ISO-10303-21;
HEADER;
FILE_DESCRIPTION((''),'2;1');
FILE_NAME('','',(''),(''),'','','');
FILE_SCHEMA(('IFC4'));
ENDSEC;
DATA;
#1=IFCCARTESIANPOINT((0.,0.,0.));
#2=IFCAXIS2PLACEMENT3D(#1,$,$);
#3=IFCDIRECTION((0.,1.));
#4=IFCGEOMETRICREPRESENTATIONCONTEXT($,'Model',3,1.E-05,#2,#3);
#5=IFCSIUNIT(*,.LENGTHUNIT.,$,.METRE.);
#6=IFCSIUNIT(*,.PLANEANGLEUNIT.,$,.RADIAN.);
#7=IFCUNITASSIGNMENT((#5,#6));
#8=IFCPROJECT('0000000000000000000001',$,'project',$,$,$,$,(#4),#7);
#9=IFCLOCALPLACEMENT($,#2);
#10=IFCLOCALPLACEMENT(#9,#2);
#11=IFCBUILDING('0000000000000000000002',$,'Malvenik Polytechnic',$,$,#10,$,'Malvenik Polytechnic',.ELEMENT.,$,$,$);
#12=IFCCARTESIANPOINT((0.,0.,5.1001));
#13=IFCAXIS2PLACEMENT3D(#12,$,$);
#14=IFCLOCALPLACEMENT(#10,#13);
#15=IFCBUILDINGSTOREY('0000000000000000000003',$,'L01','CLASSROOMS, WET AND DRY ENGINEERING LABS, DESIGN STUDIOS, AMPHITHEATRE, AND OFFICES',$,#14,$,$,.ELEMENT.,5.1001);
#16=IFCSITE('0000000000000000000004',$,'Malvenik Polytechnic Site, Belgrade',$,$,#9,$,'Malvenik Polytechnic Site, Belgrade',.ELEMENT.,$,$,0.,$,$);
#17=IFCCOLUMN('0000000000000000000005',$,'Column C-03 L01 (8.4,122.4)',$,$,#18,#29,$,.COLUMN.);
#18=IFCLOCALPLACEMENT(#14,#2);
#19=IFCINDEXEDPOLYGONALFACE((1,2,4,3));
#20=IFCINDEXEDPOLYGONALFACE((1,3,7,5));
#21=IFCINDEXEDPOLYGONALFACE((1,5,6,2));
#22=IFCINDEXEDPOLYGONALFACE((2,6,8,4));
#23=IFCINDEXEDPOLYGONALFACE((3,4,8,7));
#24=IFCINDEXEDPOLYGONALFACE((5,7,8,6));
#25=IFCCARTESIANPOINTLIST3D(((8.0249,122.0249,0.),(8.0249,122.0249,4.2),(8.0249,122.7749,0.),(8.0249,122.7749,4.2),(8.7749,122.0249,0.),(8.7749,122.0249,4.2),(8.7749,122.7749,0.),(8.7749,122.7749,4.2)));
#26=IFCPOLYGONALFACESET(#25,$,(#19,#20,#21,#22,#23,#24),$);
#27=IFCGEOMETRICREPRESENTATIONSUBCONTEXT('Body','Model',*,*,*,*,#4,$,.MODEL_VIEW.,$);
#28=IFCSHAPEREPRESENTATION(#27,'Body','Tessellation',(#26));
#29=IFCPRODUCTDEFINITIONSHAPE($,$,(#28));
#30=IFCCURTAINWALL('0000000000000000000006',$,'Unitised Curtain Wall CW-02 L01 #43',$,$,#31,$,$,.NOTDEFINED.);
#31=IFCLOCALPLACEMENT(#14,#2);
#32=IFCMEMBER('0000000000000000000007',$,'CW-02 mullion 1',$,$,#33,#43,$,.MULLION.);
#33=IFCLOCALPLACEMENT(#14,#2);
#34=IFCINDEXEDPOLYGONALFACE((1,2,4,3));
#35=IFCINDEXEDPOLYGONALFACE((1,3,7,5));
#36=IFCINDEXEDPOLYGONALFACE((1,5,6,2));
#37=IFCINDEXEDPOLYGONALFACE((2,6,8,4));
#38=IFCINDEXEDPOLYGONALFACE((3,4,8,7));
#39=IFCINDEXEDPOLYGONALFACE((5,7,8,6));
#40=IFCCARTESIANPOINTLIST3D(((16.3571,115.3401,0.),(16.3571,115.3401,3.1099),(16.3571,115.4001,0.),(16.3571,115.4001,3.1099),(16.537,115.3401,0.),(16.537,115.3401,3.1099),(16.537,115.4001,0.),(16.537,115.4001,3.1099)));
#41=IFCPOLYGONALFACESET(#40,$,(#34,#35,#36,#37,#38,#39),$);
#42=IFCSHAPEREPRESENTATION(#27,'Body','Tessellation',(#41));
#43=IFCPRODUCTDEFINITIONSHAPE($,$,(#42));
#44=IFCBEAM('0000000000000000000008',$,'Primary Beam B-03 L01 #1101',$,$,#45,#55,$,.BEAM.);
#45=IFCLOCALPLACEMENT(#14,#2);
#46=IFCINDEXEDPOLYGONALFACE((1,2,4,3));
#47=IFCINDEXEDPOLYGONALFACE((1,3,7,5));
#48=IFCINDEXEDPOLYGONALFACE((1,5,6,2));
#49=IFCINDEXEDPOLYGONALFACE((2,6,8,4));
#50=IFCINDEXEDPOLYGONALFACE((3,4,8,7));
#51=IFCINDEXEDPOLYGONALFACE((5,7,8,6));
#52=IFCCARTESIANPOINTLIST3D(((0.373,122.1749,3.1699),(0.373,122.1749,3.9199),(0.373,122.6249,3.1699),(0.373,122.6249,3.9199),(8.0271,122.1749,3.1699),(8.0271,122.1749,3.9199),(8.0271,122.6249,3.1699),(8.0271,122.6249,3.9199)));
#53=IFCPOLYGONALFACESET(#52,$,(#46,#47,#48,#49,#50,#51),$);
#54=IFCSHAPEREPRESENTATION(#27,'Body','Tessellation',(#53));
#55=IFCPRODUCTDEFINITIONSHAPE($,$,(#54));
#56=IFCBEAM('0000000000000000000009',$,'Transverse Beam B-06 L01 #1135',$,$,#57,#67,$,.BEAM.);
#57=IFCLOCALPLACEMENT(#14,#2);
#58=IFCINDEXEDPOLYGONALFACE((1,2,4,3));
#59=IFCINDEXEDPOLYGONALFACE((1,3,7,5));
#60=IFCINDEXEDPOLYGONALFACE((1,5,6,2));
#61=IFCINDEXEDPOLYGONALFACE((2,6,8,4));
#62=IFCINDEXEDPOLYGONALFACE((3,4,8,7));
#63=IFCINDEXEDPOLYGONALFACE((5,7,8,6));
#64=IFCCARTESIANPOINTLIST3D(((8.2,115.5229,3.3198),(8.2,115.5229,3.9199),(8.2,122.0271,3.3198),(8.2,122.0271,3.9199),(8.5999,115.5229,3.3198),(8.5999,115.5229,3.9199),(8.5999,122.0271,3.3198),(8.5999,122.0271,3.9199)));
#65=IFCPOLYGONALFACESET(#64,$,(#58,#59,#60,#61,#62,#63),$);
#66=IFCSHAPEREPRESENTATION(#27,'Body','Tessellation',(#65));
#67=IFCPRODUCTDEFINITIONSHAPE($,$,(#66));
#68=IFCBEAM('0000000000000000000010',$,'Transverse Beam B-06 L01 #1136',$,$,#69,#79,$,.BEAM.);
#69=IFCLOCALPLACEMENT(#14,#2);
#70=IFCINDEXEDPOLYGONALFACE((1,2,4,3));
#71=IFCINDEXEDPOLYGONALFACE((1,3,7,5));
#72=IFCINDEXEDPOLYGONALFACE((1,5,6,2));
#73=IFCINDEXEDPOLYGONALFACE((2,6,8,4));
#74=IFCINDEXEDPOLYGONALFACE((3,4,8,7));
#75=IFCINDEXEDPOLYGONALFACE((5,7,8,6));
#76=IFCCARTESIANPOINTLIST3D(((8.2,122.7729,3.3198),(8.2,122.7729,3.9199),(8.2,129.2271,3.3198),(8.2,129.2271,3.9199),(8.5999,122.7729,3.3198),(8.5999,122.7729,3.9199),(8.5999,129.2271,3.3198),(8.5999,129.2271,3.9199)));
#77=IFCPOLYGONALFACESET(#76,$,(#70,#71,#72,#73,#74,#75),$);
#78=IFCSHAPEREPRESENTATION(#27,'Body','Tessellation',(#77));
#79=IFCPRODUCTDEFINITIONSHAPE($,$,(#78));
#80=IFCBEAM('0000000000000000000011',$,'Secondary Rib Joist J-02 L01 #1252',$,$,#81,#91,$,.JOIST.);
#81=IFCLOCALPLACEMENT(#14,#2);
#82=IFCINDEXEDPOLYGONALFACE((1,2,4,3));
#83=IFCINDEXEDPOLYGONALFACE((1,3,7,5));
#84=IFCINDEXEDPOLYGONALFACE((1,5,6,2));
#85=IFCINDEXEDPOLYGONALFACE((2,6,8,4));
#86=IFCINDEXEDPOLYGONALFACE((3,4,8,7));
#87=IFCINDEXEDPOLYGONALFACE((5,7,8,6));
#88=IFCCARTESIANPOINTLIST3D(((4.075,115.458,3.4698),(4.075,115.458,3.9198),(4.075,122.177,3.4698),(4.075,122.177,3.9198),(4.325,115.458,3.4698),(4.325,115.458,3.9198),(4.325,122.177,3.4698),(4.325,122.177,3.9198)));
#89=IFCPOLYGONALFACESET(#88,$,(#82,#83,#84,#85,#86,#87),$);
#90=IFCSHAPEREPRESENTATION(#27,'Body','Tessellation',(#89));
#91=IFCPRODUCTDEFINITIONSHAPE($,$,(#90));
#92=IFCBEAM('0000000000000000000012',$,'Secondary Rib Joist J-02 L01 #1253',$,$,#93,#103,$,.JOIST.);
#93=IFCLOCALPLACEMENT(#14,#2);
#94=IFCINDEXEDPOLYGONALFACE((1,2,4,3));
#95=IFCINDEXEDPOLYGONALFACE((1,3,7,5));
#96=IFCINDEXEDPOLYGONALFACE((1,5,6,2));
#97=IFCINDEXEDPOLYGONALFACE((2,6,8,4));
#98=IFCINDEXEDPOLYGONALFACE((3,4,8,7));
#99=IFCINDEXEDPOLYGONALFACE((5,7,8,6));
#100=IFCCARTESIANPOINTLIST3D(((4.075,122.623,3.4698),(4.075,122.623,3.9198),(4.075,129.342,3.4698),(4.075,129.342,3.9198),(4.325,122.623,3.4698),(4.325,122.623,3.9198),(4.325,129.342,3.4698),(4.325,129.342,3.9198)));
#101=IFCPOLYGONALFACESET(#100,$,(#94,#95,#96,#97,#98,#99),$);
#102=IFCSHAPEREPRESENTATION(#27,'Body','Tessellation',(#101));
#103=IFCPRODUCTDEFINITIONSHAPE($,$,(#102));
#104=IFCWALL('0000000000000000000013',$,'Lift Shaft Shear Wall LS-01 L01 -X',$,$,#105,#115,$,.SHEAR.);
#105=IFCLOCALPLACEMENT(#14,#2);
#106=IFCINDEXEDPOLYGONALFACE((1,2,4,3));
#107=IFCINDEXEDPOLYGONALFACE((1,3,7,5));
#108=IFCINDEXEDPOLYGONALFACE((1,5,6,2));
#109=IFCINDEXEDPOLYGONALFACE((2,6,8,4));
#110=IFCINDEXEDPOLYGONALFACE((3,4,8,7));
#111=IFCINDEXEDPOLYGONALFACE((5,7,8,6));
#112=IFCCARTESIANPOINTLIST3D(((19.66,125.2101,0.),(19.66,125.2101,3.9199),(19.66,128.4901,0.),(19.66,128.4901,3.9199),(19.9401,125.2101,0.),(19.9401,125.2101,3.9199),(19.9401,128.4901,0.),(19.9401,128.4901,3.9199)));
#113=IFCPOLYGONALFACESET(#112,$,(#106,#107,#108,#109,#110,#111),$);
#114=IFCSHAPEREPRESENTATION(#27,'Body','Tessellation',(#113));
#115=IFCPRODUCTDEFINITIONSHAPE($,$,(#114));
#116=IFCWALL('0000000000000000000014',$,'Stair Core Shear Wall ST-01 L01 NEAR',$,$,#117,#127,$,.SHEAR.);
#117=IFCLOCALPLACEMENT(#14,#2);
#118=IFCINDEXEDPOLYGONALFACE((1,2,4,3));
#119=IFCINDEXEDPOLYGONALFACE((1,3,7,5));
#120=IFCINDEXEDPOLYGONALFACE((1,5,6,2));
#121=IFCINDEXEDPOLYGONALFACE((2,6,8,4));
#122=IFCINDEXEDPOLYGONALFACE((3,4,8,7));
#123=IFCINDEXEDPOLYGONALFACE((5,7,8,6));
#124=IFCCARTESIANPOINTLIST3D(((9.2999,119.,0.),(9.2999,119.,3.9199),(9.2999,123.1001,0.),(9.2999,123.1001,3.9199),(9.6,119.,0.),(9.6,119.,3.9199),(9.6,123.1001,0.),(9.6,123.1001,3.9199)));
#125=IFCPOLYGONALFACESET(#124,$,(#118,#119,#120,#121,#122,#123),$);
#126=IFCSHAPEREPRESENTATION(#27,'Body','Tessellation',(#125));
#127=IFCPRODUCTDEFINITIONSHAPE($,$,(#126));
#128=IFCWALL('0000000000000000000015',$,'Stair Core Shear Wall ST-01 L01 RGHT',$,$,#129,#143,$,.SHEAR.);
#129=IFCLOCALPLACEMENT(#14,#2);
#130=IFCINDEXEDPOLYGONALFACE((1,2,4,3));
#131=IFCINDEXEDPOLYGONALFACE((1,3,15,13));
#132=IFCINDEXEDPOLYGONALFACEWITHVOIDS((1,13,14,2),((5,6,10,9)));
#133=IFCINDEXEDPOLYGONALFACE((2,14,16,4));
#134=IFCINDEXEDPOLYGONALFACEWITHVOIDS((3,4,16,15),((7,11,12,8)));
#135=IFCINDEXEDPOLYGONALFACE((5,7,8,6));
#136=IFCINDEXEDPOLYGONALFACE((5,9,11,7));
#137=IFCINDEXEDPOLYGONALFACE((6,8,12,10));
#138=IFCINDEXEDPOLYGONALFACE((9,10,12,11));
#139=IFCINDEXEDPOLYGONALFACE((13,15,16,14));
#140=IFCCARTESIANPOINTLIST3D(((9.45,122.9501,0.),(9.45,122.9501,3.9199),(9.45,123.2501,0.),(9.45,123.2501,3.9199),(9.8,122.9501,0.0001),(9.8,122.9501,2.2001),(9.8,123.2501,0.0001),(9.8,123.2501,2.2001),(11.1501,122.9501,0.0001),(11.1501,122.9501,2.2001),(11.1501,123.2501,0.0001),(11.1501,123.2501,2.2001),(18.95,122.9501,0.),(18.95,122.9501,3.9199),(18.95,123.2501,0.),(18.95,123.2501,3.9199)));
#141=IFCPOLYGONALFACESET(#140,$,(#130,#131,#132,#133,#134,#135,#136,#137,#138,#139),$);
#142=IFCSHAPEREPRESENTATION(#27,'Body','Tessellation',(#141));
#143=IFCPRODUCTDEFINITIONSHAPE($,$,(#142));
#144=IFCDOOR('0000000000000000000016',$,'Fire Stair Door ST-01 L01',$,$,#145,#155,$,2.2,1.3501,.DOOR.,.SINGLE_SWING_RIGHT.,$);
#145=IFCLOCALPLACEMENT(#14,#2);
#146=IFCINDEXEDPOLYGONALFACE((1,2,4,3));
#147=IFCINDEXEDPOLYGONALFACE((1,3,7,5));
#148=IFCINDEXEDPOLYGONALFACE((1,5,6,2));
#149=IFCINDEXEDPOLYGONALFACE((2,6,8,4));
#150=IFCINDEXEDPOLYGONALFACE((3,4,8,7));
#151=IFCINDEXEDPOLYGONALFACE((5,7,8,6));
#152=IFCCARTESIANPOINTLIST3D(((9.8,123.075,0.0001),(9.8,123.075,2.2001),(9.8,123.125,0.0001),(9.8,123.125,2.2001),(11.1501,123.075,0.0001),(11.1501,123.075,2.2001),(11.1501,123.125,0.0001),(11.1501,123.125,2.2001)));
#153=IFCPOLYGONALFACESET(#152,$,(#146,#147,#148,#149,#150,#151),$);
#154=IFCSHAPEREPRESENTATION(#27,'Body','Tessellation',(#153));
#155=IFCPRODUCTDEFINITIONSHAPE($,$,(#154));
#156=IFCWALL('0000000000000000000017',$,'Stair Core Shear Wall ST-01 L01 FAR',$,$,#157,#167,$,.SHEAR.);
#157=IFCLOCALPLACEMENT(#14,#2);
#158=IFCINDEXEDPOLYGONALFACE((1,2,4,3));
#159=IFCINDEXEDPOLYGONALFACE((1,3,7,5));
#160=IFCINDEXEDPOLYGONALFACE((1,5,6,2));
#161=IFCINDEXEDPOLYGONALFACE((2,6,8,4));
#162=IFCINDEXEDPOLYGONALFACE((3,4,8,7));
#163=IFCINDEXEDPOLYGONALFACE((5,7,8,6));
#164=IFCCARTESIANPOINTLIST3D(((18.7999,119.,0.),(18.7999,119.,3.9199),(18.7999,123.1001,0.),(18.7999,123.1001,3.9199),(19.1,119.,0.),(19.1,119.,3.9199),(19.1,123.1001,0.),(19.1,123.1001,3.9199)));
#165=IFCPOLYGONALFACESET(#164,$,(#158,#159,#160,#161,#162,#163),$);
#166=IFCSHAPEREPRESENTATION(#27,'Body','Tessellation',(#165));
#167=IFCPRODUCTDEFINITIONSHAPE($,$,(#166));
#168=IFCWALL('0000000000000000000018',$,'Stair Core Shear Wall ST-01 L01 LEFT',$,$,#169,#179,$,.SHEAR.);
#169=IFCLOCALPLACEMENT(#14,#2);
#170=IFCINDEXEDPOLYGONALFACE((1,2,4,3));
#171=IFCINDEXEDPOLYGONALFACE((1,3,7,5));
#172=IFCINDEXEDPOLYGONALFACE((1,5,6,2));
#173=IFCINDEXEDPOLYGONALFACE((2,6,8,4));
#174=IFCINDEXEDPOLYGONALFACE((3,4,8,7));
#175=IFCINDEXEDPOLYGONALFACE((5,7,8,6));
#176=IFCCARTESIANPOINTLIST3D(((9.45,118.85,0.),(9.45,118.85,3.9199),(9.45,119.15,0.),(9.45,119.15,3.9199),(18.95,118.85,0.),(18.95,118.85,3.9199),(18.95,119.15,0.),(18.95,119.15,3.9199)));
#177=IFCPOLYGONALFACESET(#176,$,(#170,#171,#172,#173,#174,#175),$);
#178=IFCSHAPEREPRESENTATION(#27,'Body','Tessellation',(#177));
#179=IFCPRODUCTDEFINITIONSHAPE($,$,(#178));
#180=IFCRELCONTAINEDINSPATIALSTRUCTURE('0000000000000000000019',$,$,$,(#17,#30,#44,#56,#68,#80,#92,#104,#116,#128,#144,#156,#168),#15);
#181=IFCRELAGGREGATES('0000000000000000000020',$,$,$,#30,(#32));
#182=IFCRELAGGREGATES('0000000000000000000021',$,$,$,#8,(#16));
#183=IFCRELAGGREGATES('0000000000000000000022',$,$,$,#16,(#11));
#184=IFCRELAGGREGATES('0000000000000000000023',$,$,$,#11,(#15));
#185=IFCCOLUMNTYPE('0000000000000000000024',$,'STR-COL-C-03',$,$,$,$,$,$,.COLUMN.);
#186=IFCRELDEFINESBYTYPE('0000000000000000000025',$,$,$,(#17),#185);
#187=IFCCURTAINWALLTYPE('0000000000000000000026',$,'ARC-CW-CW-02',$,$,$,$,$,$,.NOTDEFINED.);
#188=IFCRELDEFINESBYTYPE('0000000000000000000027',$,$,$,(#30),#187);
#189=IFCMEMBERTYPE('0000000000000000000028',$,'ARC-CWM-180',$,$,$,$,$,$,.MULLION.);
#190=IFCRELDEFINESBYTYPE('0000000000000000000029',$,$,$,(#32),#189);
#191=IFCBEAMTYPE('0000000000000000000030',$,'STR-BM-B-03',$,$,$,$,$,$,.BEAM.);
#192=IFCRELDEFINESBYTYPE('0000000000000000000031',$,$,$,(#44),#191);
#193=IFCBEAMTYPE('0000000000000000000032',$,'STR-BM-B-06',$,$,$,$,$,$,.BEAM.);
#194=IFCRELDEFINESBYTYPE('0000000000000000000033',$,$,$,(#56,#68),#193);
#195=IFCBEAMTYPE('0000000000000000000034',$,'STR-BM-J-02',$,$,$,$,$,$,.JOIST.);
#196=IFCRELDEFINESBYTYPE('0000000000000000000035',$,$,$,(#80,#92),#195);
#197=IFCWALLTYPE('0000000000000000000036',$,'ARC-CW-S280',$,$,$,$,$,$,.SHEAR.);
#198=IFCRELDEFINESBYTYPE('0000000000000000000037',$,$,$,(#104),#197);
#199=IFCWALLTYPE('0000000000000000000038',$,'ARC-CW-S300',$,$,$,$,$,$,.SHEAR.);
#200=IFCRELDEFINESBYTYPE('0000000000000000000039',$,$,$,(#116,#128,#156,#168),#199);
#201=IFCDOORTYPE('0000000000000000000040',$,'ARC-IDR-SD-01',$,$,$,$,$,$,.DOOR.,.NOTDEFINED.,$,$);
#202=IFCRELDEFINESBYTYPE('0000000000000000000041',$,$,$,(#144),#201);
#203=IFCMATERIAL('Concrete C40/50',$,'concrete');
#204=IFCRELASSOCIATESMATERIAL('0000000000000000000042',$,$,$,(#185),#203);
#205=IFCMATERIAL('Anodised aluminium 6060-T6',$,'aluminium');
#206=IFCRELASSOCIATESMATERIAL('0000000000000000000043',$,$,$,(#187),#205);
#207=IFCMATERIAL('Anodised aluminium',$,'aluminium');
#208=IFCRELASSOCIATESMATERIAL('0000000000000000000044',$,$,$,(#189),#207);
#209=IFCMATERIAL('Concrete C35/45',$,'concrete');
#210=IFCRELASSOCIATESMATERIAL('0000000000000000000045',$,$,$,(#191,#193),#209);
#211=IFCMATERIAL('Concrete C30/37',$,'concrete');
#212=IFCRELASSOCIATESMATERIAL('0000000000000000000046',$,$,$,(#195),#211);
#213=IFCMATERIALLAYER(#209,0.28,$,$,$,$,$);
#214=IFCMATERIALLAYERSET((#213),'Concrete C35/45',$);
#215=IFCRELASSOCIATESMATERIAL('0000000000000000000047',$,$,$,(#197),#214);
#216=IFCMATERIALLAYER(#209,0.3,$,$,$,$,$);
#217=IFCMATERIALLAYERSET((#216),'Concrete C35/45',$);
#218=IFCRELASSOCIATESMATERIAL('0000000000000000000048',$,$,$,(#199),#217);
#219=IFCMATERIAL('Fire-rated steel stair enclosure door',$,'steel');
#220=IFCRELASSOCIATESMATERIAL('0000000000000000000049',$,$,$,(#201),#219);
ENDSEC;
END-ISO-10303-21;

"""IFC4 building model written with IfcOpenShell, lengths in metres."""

from ifc_helpers import new_model, si_unit, direction, frame, frame_2d, origin, origin_2d, place, context, subcontext, project, spatial, rectangle, extrude, material, layer, layer_set, material_profile, profile_set, type_object, element, fill, aggregate, save


model = new_model("IFC4")

# Units and contexts
model_context = context("Model", 3, precision=1e-05, world=origin(), true_north=direction((0.0, 1.0)))
body_context = subcontext(model_context, "Body", "Model", "MODEL_VIEW")
ifc_project = project(units=[si_unit("LENGTHUNIT", "METRE"), si_unit("PLANEANGLEUNIT", "RADIAN")], contexts=[model_context])

# Site, building, storey
site_placement = place(None, origin())
site = spatial("IfcSite", under=ifc_project, at=site_placement, Name="Malvenik Polytechnic Site, Belgrade", LongName="Malvenik Polytechnic Site, Belgrade", CompositionType="ELEMENT", RefElevation=0.0)
building_placement = place(site_placement, origin())
building = spatial("IfcBuilding", under=site, at=building_placement, Name="Malvenik Polytechnic", LongName="Malvenik Polytechnic", CompositionType="ELEMENT")
storey_placement = place(building_placement, frame((0.0, 0.0, 5.1001)))
storey = spatial("IfcBuildingStorey", under=building, at=storey_placement, Name="L01", Description="CLASSROOMS, WET AND DRY ENGINEERING LABS, DESIGN STUDIOS, AMPHITHEATRE, AND OFFICES", CompositionType="ELEMENT", Elevation=5.1001)

# Column
ifc_material_1 = material(Name="Concrete C40/50", Category="concrete")
ifc_material_profile_1 = material_profile(ifc_material_1, rectangle(XDim=0.75, YDim=0.75, at=origin_2d()), Name="RC COL 750x750")
ifc_profile_set_1 = profile_set([ifc_material_profile_1], Name="Concrete C40/50")
column_type = type_object("IfcColumnType", Name="STR-COL-C-03", PredefinedType="COLUMN", material=ifc_profile_set_1)
column_placement = place(storey_placement, frame((8.3999, 122.3999, 0.0), z_axis=(0.0, 0.0, 1.0), x_axis=(1.0, 0.0, 0.0)))
element("IfcColumn", 1, at=column_placement, inside=storey, type_object=column_type, Name="Column C-03 L01 (8.4,122.4)", PredefinedType="COLUMN", context=body_context, shape_type="SweptSolid", body=[
    extrude(rectangle(XDim=0.75, YDim=0.75, at=origin_2d()), origin(), (0.0, 0.0, 1.0), 4.2),
])

# Curtain wall, member
ifc_material_2 = material(Name="Anodised aluminium 6060-T6", Category="aluminium")
curtain_wall_type = type_object("IfcCurtainWallType", Name="ARC-CW-CW-02", PredefinedType="NOTDEFINED", material=ifc_material_2)
curtain_wall_placement = place(storey_placement, origin())
curtain_wall = element("IfcCurtainWall", 2, at=curtain_wall_placement, inside=storey, type_object=curtain_wall_type, Name="Unitised Curtain Wall CW-02 L01 #43", PredefinedType="NOTDEFINED")
ifc_material_3 = material(Name="Anodised aluminium", Category="aluminium")
ifc_material_profile_2 = material_profile(ifc_material_3, rectangle(XDim=0.0601, YDim=0.1799, at=origin_2d()), Name="ALU MULLION 60x180")
ifc_profile_set_2 = profile_set([ifc_material_profile_2], Name="Anodised aluminium")
member_type = type_object("IfcMemberType", Name="ARC-CWM-180", PredefinedType="MULLION", material=ifc_profile_set_2)
member_placement = place(storey_placement, frame((16.447, 115.3701, 0.0), z_axis=(0.0, 0.0, 1.0), x_axis=(0.0, -1.0, 0.0)))
member = element("IfcMember", 3, at=member_placement, type_object=member_type, Name="CW-02 mullion 1", PredefinedType="MULLION", context=body_context, shape_type="SweptSolid", body=[
    extrude(rectangle(XDim=0.0601, YDim=0.1799, at=origin_2d()), origin(), (0.0, 0.0, 1.0), 3.1099),
])
aggregate(curtain_wall, [member])

# Beams
ifc_material_4 = material(Name="Concrete C35/45", Category="concrete")
ifc_material_profile_3 = material_profile(ifc_material_4, rectangle(XDim=0.45, YDim=0.75, at=origin_2d()), Name="RC BM 450x750")
ifc_profile_set_3 = profile_set([ifc_material_profile_3], Name="Concrete C35/45")
beam_type_1 = type_object("IfcBeamType", Name="STR-BM-B-03", PredefinedType="BEAM", material=ifc_profile_set_3)
beam_1_placement = place(storey_placement, frame((0.373, 122.3999, 3.5449), z_axis=(1.0, 0.0, 0.0), x_axis=(0.0, 1.0, 0.0)))
element("IfcBeam", 4, at=beam_1_placement, inside=storey, type_object=beam_type_1, Name="Primary Beam B-03 L01 #1101", PredefinedType="BEAM", context=body_context, shape_type="SweptSolid", body=[
    extrude(rectangle(XDim=0.45, YDim=0.75, at=origin_2d()), origin(), (0.0, 0.0, 1.0), 7.6541),
])
ifc_material_profile_4 = material_profile(ifc_material_4, rectangle(XDim=0.3999, YDim=0.6001, at=origin_2d()), Name="RC BM 400x600")
ifc_profile_set_4 = profile_set([ifc_material_profile_4], Name="Concrete C35/45")
beam_type_2 = type_object("IfcBeamType", Name="STR-BM-B-06", PredefinedType="BEAM", material=ifc_profile_set_4)
beam_2_placement = place(storey_placement, frame((8.3999, 115.5229, 3.6199), z_axis=(0.0, 1.0, 0.0), x_axis=(-1.0, 0.0, 0.0)))
element("IfcBeam", 5, at=beam_2_placement, inside=storey, type_object=beam_type_2, Name="Transverse Beam B-06 L01 #1135", PredefinedType="BEAM", context=body_context, shape_type="SweptSolid", body=[
    extrude(rectangle(XDim=0.3999, YDim=0.6001, at=origin_2d()), origin(), (0.0, 0.0, 1.0), 6.5042),
])
beam_3_placement = place(storey_placement, frame((8.3999, 122.7729, 3.6199), z_axis=(0.0, 1.0, 0.0), x_axis=(-1.0, 0.0, 0.0)))
element("IfcBeam", 6, at=beam_3_placement, inside=storey, type_object=beam_type_2, Name="Transverse Beam B-06 L01 #1136", PredefinedType="BEAM", context=body_context, shape_type="SweptSolid", body=[
    extrude(rectangle(XDim=0.3999, YDim=0.6001, at=origin_2d()), origin(), (0.0, 0.0, 1.0), 6.4541),
])
ifc_material_5 = material(Name="Concrete C30/37", Category="concrete")
ifc_material_profile_5 = material_profile(ifc_material_5, rectangle(XDim=0.25, YDim=0.45, at=origin_2d()), Name="RC JST 250x450")
ifc_profile_set_5 = profile_set([ifc_material_profile_5], Name="Concrete C30/37")
beam_type_3 = type_object("IfcBeamType", Name="STR-BM-J-02", PredefinedType="JOIST", material=ifc_profile_set_5)
for number, where, z_axis, x_axis, name in (
    (7, (4.2, 115.458, 3.6948), (0.0, 1.0, 0.0), (-1.0, 0.0, 0.0), "Secondary Rib Joist J-02 L01 #1252"),
    (8, (4.2, 122.623, 3.6948), (0.0, 1.0, 0.0), (-1.0, 0.0, 0.0), "Secondary Rib Joist J-02 L01 #1253"),
):
    element("IfcBeam", number, at=place(storey_placement, frame(where, z_axis=z_axis, x_axis=x_axis)), inside=storey, type_object=beam_type_3, Name=name, PredefinedType="JOIST", context=body_context, shape_type="SweptSolid", body=[
        extrude(rectangle(XDim=0.25, YDim=0.45, at=origin_2d()), origin(), (0.0, 0.0, 1.0), 6.719),
    ])

# Walls
ifc_layer_1 = layer(ifc_material_4, 0.28)
ifc_layer_set_1 = layer_set([ifc_layer_1], Name="Concrete C35/45")
wall_type_1 = type_object("IfcWallType", Name="ARC-CW-S280", PredefinedType="SHEAR", material=ifc_layer_set_1)
wall_1_placement = place(storey_placement, frame((19.8, 125.21, 0.0), z_axis=(0.0, 0.0, 1.0), x_axis=(0.0, 1.0, 0.0)))
element("IfcWall", 9, at=wall_1_placement, inside=storey, type_object=wall_type_1, Name="Lift Shaft Shear Wall LS-01 L01 -X", PredefinedType="SHEAR", context=body_context, shape_type="SweptSolid", body=[
    extrude(rectangle(XDim=3.28, YDim=0.28, at=frame_2d((1.6401, 0.0))), origin(), (0.0, 0.0, 1.0), 3.9199),
])
ifc_layer_2 = layer(ifc_material_4, 0.3)
ifc_layer_set_2 = layer_set([ifc_layer_2], Name="Concrete C35/45")
wall_type_2 = type_object("IfcWallType", Name="ARC-CW-S300", PredefinedType="SHEAR", material=ifc_layer_set_2)
wall_2_placement = place(storey_placement, frame((9.45, 119.0, 0.0), z_axis=(0.0, 0.0, 1.0), x_axis=(0.0, 1.0, 0.0)))
element("IfcWall", 10, at=wall_2_placement, inside=storey, type_object=wall_type_2, Name="Stair Core Shear Wall ST-01 L01 NEAR", PredefinedType="SHEAR", context=body_context, shape_type="SweptSolid", body=[
    extrude(rectangle(XDim=4.1001, YDim=0.3, at=frame_2d((2.05, 0.0))), origin(), (0.0, 0.0, 1.0), 3.9199),
])

# Wall, opening, door
wall_3_placement = place(storey_placement, frame((9.45, 123.1001, 0.0), z_axis=(0.0, 0.0, 1.0), x_axis=(1.0, 0.0, 0.0)))
wall_3 = element("IfcWall", 11, at=wall_3_placement, inside=storey, type_object=wall_type_2, Name="Stair Core Shear Wall ST-01 L01 RGHT", PredefinedType="SHEAR", context=body_context, shape_type="SweptSolid", body=[
    extrude(rectangle(XDim=9.5, YDim=0.3, at=frame_2d((4.75, 0.0))), origin(), (0.0, 0.0, 1.0), 3.9199),
])
opening_1_placement = place(wall_3_placement, frame((0.3501, 0.0, 0.0)))
opening_1 = element("IfcOpeningElement", 12, at=opening_1_placement, cuts=wall_3, PredefinedType="OPENING", context=body_context, shape_type="SweptSolid", body=[
    extrude(rectangle(XDim=1.3501, YDim=2.2, at=frame_2d((0.675, 1.1001))), frame((0.0, 0.1602, 0.0), z_axis=(0.0, -1.0, 0.0), x_axis=(1.0, 0.0, 0.0)), (0.0, 0.0, 1.0), 0.3201),
])
ifc_material_6 = material(Name="Fire-rated steel stair enclosure door", Category="steel")
door_type_1 = type_object("IfcDoorType", Name="ARC-IDR-SD-01", OperationType="NOTDEFINED", PredefinedType="DOOR", material=ifc_material_6)
door_1_placement = place(opening_1_placement, origin())
door_1 = element("IfcDoor", 13, at=door_1_placement, inside=storey, type_object=door_type_1, Name="Fire Stair Door ST-01 L01", OperationType="SINGLE_SWING_RIGHT", OverallHeight=2.2, OverallWidth=1.3501, PredefinedType="DOOR", context=body_context, shape_type="SweptSolid", body=[
    extrude(rectangle(XDim=1.3501, YDim=2.2, at=frame_2d((0.675, 1.1001))), frame((0.0, 0.0249, 0.0), z_axis=(0.0, -1.0, 0.0), x_axis=(1.0, 0.0, 0.0)), (0.0, 0.0, 1.0), 0.05),
])
fill(opening_1, door_1)

# Walls
wall_4_placement = place(storey_placement, frame((18.95, 123.1001, 0.0), z_axis=(0.0, 0.0, 1.0), x_axis=(0.0, -1.0, 0.0)))
element("IfcWall", 14, at=wall_4_placement, inside=storey, type_object=wall_type_2, Name="Stair Core Shear Wall ST-01 L01 FAR", PredefinedType="SHEAR", context=body_context, shape_type="SweptSolid", body=[
    extrude(rectangle(XDim=4.1001, YDim=0.3, at=frame_2d((2.05, 0.0))), origin(), (0.0, 0.0, 1.0), 3.9199),
])
wall_5_placement = place(storey_placement, frame((18.95, 119.0, 0.0), z_axis=(0.0, 0.0, 1.0), x_axis=(-1.0, 0.0, 0.0)))
element("IfcWall", 15, at=wall_5_placement, inside=storey, type_object=wall_type_2, Name="Stair Core Shear Wall ST-01 L01 LEFT", PredefinedType="SHEAR", context=body_context, shape_type="SweptSolid", body=[
    extrude(rectangle(XDim=9.5, YDim=0.3, at=frame_2d((4.75, 0.0))), origin(), (0.0, 0.0, 1.0), 3.9199),
])

save(model, "model.ifc")
